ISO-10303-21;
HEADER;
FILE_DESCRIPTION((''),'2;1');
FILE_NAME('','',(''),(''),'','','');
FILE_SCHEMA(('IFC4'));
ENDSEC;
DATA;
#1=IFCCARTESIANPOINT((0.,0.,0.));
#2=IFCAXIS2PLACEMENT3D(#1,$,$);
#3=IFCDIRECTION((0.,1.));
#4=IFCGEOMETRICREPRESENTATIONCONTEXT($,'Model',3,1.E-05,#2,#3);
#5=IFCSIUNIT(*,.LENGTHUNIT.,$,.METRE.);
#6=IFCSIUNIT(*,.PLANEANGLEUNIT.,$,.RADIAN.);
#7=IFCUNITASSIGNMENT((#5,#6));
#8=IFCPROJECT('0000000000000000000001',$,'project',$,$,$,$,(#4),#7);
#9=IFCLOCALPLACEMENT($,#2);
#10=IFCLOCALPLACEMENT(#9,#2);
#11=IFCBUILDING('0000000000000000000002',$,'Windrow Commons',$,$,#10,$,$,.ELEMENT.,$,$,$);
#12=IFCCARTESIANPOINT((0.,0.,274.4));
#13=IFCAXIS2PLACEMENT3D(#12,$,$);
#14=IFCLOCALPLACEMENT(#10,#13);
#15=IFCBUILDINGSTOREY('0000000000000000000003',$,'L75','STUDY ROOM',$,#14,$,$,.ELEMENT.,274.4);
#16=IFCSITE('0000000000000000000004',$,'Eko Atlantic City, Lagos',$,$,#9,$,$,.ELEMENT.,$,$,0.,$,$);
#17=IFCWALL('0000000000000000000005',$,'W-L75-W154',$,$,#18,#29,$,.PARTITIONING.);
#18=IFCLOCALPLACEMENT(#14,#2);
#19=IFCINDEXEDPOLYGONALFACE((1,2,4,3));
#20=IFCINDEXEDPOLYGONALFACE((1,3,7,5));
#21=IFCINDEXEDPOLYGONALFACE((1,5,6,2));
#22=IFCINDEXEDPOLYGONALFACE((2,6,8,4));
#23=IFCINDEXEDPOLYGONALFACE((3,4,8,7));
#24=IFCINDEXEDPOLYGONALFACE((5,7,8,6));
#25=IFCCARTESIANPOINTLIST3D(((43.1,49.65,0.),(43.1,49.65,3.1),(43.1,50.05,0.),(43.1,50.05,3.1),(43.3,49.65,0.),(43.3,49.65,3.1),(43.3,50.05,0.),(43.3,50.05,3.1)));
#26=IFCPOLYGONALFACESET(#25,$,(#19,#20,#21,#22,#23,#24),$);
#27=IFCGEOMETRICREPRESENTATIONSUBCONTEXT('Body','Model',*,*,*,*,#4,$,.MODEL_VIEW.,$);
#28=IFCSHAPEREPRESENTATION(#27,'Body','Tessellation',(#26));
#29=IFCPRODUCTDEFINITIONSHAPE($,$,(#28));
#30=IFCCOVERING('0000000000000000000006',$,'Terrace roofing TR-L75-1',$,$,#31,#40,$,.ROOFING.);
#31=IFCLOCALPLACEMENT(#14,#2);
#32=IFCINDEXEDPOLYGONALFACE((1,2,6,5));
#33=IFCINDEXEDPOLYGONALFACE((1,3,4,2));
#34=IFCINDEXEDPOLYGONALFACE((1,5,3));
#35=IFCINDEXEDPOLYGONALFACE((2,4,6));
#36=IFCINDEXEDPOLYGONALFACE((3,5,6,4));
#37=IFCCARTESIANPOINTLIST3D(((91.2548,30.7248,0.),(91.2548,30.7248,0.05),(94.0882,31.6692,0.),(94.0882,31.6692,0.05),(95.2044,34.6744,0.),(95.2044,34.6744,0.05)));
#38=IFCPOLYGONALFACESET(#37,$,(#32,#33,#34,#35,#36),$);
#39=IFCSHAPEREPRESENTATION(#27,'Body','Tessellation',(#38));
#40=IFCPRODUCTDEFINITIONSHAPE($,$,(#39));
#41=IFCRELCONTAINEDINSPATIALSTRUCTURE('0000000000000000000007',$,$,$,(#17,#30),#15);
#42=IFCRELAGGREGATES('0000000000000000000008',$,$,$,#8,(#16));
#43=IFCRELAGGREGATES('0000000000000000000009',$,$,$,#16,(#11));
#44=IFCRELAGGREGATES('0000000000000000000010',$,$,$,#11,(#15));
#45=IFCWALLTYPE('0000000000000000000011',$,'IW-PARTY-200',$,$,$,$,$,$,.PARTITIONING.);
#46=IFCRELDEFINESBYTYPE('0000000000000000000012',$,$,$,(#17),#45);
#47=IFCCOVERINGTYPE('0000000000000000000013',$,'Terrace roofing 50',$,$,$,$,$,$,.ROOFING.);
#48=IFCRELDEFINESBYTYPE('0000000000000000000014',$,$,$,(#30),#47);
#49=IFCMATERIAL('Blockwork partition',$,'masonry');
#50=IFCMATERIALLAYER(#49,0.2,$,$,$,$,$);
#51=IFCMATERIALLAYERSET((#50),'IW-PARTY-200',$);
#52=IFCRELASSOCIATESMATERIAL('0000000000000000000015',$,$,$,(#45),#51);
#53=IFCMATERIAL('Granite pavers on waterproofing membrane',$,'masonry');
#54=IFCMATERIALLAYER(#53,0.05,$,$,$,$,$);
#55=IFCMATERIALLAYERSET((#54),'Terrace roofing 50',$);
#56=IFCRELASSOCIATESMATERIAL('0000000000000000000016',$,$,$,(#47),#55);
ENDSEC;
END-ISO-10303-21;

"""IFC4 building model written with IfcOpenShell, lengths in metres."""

from ifc_helpers import new_model, si_unit, direction, frame, frame_2d, origin, place, context, subcontext, project, spatial, polyline, rectangle, outline, extrude, material, layer, layer_set, type_object, element, save


model = new_model("IFC4")

# Units and contexts
model_context = context("Model", 3, precision=1e-05, world=origin(), true_north=direction((0.0, 1.0)))
body_context = subcontext(model_context, "Body", "Model", "MODEL_VIEW")
ifc_project = project(units=[si_unit("LENGTHUNIT", "METRE"), si_unit("PLANEANGLEUNIT", "RADIAN")], contexts=[model_context])

# Site, building, storey
site_placement = place(None, origin())
site = spatial("IfcSite", under=ifc_project, at=site_placement, Name="Eko Atlantic City, Lagos", CompositionType="ELEMENT", RefElevation=0.0)
building_placement = place(site_placement, origin())
building = spatial("IfcBuilding", under=site, at=building_placement, Name="Windrow Commons", CompositionType="ELEMENT")
storey_placement = place(building_placement, frame((0.0, 0.0, 274.4)))
storey = spatial("IfcBuildingStorey", under=building, at=storey_placement, Name="L75", Description="STUDY ROOM", CompositionType="ELEMENT", Elevation=274.4)

# Shared definitions
placement_1 = place(storey_placement, origin())

# Wall
ifc_material_1 = material(Name="Blockwork partition", Category="masonry")
ifc_layer_1 = layer(ifc_material_1, 0.2)
ifc_layer_set_1 = layer_set([ifc_layer_1], Name="IW-PARTY-200")
wall_type_1 = type_object("IfcWallType", Name="IW-PARTY-200", PredefinedType="PARTITIONING", material=ifc_layer_set_1)
wall_1_placement = place(storey_placement, frame((43.2, 49.65, 0.0), z_axis=(0.0, 0.0, 1.0), x_axis=(0.0, 1.0, 0.0)))
element("IfcWall", 1, at=wall_1_placement, inside=storey, type_object=wall_type_1, Name="W-L75-W154", PredefinedType="PARTITIONING", context=body_context, shape_type="SweptSolid", body=[
    extrude(rectangle(XDim=0.4, YDim=0.2, at=frame_2d((0.2, 0.0))), origin(), (0.0, 0.0, 1.0), 3.1),
])

# Covering
ifc_material_2 = material(Name="Granite pavers on waterproofing membrane", Category="masonry")
ifc_layer_2 = layer(ifc_material_2, 0.05)
ifc_layer_set_2 = layer_set([ifc_layer_2], Name="Terrace roofing 50")
covering_type = type_object("IfcCoveringType", Name="Terrace roofing 50", PredefinedType="ROOFING", material=ifc_layer_set_2)
element("IfcCovering", 2, at=placement_1, inside=storey, type_object=covering_type, Name="Terrace roofing TR-L75-1", PredefinedType="ROOFING", context=body_context, shape_type="SweptSolid", body=[
    extrude(outline(polyline([(95.2044, 34.6744), (94.0882, 31.6692), (91.2548, 30.7248), (95.2044, 34.6744)])), origin(), (0.0, 0.0, 1.0), 0.05),
])

save(model, "model.ifc")
